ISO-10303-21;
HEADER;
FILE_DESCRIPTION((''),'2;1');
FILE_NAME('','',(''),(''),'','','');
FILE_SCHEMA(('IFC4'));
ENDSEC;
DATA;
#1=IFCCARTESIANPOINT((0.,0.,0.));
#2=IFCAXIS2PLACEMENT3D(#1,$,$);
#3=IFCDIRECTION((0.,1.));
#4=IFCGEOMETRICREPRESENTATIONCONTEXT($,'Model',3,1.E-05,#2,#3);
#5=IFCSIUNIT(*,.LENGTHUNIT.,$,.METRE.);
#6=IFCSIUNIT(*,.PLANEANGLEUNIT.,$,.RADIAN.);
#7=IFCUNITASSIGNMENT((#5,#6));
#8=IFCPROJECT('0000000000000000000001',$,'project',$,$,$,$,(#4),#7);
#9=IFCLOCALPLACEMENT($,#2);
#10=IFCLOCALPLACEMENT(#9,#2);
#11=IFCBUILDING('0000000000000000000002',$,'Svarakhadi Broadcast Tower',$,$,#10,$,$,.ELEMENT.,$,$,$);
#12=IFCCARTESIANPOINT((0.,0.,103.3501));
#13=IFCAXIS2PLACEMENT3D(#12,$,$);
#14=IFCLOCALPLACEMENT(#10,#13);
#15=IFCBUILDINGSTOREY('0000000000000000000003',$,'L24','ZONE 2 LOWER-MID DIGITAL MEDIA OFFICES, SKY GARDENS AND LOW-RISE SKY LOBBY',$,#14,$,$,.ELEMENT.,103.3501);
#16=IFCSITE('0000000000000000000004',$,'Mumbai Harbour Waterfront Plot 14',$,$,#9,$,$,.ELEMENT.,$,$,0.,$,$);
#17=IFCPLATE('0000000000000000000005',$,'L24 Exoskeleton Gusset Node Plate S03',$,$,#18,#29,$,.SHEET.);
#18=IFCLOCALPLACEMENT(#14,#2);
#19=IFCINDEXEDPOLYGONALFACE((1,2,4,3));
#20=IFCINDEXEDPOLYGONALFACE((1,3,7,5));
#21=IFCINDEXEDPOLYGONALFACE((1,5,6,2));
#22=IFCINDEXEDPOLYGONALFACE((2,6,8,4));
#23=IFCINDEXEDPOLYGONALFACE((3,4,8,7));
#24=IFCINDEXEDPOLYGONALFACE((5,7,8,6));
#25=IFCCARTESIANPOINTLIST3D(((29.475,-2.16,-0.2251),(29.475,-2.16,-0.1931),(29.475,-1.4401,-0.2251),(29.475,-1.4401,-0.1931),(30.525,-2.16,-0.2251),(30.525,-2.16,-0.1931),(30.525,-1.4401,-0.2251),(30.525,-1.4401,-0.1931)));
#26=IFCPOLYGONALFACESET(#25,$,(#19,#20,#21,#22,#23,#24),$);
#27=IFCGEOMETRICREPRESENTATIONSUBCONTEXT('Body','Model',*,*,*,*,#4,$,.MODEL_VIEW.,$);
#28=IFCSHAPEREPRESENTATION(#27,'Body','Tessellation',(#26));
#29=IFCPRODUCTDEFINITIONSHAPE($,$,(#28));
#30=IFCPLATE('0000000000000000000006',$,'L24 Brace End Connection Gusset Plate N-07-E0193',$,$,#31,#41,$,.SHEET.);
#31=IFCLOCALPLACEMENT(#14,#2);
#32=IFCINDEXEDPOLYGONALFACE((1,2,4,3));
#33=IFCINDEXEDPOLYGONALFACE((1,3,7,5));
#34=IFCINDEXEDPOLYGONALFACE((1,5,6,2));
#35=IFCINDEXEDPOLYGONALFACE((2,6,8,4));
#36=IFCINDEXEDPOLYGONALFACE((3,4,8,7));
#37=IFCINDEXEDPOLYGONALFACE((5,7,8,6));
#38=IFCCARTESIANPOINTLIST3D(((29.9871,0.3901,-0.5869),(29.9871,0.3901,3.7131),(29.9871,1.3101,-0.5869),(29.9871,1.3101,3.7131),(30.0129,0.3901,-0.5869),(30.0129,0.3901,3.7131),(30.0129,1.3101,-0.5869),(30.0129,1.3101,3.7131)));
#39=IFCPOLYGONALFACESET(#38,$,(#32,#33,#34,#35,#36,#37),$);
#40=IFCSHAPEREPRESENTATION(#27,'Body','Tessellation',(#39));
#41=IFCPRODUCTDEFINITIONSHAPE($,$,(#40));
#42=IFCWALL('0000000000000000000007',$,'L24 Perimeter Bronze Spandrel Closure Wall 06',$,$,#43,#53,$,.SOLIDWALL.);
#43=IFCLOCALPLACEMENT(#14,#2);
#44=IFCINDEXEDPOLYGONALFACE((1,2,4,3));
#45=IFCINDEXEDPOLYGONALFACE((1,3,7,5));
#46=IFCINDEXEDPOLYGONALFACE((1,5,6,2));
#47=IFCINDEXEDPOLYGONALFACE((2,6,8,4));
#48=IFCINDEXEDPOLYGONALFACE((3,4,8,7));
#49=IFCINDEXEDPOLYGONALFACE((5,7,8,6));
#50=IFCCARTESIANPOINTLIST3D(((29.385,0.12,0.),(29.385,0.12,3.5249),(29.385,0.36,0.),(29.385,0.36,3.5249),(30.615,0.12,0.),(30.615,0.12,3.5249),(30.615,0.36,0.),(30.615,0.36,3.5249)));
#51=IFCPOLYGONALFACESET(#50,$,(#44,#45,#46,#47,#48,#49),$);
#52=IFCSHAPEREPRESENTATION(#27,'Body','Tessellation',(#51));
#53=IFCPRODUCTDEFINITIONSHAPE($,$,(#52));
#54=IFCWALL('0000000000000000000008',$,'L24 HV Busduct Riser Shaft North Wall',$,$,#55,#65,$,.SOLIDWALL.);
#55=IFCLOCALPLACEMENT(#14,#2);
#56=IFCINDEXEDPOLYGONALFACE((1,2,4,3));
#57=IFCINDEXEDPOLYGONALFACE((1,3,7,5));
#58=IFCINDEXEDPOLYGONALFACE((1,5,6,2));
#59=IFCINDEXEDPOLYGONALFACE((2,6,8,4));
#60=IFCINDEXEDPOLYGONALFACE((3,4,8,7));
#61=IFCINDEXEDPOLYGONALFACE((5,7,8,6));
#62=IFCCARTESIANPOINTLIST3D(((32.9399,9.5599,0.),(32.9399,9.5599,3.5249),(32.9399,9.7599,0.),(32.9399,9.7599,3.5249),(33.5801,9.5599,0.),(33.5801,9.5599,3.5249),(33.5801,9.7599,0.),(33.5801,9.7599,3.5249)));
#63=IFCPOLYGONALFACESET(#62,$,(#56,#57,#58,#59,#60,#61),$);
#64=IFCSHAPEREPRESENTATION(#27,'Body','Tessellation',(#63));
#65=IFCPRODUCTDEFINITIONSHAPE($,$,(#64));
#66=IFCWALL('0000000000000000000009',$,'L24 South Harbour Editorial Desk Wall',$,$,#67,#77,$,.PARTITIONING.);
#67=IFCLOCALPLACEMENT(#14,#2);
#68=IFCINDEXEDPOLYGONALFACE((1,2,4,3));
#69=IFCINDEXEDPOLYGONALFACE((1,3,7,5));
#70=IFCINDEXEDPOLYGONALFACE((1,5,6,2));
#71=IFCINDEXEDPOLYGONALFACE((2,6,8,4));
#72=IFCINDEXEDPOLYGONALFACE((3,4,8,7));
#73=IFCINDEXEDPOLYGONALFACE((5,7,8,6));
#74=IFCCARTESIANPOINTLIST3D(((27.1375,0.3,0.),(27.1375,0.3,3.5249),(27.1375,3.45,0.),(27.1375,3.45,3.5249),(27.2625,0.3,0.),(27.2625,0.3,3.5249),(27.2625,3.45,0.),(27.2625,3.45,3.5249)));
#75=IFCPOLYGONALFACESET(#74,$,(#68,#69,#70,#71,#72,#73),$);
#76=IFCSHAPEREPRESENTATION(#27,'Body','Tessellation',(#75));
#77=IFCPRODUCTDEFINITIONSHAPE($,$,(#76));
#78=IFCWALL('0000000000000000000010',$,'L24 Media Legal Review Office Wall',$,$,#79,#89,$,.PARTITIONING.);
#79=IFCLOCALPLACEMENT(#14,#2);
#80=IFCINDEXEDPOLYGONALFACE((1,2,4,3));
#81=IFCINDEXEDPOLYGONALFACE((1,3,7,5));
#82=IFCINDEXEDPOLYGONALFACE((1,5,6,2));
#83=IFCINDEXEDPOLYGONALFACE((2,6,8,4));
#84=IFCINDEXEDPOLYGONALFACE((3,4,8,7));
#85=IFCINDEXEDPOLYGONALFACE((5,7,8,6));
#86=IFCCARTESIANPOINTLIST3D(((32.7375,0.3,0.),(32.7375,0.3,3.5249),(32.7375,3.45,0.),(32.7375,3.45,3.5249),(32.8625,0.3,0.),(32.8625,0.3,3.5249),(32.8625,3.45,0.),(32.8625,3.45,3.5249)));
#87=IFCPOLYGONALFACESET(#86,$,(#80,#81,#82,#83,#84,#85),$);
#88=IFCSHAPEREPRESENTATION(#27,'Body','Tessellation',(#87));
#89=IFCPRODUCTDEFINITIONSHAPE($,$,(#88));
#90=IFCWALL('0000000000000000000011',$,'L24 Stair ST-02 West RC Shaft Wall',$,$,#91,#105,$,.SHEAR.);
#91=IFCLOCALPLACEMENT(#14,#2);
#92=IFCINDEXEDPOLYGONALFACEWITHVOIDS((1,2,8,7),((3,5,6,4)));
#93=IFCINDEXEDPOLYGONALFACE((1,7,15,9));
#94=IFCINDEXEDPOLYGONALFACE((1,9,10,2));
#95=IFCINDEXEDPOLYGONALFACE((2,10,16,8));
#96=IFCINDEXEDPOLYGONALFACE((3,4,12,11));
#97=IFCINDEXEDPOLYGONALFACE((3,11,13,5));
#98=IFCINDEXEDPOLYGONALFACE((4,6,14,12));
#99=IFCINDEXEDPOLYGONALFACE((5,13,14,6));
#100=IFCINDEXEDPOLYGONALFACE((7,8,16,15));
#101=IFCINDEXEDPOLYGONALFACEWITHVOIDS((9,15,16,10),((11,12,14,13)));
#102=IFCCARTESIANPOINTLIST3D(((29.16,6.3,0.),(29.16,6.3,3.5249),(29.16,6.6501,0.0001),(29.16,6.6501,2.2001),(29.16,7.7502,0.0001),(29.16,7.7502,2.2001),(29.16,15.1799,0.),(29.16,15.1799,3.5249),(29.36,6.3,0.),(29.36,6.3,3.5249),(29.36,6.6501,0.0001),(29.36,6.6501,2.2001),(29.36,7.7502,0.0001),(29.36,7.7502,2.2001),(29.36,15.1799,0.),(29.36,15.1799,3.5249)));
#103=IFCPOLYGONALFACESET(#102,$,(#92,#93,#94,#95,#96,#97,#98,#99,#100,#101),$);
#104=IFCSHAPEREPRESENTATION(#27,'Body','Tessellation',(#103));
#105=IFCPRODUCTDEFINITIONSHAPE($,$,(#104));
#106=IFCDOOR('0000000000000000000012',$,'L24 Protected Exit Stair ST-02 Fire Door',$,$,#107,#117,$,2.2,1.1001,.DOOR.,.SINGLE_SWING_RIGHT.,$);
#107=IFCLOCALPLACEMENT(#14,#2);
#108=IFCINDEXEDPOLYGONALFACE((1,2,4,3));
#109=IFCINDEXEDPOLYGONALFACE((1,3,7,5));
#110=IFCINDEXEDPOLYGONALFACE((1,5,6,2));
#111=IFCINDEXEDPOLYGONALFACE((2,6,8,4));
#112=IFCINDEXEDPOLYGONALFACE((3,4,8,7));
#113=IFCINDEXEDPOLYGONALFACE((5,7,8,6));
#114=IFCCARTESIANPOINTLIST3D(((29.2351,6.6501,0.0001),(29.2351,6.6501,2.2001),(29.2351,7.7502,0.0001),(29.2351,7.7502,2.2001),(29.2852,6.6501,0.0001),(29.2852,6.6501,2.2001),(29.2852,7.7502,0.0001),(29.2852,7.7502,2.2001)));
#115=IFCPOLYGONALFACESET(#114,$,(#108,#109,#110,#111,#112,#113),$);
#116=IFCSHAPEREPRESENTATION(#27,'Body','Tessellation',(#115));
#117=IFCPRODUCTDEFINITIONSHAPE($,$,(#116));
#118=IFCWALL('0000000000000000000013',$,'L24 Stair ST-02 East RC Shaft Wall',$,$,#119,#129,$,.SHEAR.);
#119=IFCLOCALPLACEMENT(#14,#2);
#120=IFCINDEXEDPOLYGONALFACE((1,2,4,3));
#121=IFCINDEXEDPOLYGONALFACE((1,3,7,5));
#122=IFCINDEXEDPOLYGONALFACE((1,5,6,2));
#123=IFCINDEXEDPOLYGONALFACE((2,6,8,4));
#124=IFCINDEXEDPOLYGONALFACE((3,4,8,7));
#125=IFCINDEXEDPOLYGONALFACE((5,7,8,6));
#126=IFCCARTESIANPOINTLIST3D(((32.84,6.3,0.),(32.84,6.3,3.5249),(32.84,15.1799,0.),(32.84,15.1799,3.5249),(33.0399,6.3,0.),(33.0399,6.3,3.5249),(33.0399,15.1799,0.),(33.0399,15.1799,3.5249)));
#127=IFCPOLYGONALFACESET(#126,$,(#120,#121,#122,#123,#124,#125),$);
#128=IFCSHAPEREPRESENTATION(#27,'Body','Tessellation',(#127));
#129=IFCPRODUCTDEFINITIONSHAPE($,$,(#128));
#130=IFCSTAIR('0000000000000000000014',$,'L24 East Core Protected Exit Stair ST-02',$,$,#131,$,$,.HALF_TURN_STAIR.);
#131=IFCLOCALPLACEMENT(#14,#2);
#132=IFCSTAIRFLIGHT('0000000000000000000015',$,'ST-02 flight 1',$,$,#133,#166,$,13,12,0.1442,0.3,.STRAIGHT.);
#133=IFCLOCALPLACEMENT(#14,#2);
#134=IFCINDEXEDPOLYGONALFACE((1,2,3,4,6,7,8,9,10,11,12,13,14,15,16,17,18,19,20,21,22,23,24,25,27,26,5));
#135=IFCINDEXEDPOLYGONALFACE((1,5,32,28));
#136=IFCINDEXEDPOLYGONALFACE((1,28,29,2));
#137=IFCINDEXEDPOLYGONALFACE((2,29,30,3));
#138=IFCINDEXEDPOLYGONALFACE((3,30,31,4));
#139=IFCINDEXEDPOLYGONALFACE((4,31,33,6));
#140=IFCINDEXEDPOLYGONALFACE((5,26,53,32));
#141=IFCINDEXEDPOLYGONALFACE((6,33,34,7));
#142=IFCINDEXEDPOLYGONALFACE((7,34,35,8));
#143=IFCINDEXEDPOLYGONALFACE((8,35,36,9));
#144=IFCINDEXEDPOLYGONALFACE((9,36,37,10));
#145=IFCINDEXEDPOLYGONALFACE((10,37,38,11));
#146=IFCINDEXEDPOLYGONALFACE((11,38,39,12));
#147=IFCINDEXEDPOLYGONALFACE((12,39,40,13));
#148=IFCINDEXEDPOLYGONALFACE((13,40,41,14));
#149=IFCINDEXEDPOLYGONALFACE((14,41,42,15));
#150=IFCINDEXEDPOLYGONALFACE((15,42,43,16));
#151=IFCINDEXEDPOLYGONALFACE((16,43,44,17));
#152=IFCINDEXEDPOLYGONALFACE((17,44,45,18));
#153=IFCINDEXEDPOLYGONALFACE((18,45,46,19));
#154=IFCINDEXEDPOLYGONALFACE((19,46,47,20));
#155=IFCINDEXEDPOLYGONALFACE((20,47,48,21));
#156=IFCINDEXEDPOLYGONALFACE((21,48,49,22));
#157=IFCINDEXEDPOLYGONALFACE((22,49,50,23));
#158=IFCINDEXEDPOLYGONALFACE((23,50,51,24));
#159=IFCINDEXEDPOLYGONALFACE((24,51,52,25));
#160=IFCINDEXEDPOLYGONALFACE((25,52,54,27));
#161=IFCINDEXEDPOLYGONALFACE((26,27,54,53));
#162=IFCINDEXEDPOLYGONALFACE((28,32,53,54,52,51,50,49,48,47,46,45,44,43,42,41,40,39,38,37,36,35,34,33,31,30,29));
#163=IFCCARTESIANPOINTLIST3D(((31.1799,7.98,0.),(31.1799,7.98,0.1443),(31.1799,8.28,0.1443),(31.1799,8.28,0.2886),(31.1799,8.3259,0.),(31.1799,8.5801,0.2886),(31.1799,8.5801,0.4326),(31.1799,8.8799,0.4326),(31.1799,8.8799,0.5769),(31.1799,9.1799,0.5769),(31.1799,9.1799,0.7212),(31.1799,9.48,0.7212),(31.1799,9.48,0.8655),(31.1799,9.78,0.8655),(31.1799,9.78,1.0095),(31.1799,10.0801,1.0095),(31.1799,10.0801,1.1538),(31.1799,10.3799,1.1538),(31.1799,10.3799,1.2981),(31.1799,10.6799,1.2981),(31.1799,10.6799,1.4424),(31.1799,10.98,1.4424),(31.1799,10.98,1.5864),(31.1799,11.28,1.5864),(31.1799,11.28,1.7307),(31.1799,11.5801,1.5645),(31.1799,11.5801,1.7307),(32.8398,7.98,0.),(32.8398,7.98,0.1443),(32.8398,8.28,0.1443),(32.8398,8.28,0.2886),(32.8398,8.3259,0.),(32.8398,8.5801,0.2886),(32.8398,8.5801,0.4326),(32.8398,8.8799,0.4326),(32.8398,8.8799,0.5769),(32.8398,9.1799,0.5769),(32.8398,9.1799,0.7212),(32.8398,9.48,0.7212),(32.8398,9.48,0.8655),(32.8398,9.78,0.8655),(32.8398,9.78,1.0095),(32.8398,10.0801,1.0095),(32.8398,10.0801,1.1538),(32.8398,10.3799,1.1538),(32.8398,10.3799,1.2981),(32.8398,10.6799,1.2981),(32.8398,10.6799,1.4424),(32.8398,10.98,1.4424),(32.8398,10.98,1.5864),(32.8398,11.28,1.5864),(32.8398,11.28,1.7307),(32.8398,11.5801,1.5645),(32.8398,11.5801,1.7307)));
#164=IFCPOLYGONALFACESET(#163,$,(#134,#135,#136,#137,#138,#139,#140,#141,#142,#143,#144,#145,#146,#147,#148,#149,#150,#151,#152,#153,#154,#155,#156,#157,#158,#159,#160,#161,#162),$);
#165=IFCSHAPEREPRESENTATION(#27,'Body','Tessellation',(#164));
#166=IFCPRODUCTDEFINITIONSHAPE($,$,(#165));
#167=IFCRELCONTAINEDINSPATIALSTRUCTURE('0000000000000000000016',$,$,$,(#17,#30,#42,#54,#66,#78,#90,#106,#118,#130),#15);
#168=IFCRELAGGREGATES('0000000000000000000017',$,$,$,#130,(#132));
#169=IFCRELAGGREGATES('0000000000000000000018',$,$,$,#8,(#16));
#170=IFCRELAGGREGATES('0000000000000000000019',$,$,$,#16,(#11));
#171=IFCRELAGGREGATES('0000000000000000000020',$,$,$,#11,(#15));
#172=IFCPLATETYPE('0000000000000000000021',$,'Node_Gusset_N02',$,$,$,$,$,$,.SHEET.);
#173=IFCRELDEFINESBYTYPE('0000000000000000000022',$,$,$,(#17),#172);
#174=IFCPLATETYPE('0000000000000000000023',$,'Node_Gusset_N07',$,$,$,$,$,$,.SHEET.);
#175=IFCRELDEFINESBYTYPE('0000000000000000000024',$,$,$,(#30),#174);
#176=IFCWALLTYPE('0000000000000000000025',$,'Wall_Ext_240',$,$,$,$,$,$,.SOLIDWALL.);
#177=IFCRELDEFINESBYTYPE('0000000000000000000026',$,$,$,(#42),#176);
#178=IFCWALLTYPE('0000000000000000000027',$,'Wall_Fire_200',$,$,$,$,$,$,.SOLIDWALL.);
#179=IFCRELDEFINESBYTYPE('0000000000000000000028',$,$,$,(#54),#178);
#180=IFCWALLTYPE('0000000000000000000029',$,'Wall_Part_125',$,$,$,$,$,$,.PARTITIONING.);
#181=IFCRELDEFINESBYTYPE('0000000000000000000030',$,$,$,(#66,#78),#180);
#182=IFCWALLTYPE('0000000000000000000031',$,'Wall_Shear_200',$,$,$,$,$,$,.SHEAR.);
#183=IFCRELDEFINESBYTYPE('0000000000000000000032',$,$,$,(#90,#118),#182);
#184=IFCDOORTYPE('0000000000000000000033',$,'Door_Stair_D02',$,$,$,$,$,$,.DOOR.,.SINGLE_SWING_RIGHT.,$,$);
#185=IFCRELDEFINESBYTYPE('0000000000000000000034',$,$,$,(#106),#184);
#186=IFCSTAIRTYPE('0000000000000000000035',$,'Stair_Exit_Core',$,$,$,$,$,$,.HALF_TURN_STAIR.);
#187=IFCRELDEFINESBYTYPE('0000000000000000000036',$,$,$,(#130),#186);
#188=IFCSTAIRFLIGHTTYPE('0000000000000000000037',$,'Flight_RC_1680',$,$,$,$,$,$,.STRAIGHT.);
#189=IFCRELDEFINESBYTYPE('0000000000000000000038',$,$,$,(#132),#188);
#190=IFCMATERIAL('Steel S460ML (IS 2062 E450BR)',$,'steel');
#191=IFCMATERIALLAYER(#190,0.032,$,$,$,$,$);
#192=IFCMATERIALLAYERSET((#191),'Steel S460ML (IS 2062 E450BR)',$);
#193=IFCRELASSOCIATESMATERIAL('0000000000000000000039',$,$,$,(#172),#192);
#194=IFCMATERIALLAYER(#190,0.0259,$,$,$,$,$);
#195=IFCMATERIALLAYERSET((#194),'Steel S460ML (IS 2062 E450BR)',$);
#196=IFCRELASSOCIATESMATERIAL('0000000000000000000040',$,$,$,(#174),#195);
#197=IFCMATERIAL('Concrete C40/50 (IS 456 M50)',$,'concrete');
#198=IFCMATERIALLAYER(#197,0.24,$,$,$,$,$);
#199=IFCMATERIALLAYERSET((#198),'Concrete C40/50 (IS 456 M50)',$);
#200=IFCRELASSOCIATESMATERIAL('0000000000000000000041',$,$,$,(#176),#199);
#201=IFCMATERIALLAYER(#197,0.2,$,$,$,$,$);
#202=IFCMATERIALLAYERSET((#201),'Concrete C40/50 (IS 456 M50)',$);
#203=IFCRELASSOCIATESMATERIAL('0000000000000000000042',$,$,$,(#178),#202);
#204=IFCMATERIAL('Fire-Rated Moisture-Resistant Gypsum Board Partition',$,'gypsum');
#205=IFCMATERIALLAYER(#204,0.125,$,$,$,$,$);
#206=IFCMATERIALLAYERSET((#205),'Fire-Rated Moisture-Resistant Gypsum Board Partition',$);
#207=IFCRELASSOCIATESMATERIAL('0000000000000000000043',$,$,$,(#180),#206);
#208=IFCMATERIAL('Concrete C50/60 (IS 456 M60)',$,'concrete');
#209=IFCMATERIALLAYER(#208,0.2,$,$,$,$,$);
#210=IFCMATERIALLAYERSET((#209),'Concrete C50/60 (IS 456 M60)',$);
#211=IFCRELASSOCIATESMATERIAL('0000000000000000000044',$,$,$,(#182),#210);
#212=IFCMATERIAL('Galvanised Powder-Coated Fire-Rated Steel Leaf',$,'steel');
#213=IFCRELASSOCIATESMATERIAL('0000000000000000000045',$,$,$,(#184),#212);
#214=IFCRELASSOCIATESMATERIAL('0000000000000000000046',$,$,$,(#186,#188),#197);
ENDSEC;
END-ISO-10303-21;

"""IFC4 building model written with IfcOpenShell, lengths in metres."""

from ifc_helpers import new_model, si_unit, direction, frame, frame_2d, origin, origin_2d, place, context, subcontext, project, spatial, polyline, rectangle, outline, extrude, material, layer, layer_set, type_object, element, fill, aggregate, save


model = new_model("IFC4")

# Units and contexts
model_context = context("Model", 3, precision=1e-05, world=origin(), true_north=direction((0.0, 1.0)))
body_context = subcontext(model_context, "Body", "Model", "MODEL_VIEW")
ifc_project = project(units=[si_unit("LENGTHUNIT", "METRE"), si_unit("PLANEANGLEUNIT", "RADIAN")], contexts=[model_context])

# Site, building, storey
site_placement = place(None, origin())
site = spatial("IfcSite", under=ifc_project, at=site_placement, Name="Mumbai Harbour Waterfront Plot 14", CompositionType="ELEMENT", RefElevation=0.0)
building_placement = place(site_placement, origin())
building = spatial("IfcBuilding", under=site, at=building_placement, Name="Svarakhadi Broadcast Tower", CompositionType="ELEMENT")
storey_placement = place(building_placement, frame((0.0, 0.0, 103.3501)))
storey = spatial("IfcBuildingStorey", under=building, at=storey_placement, Name="L24", Description="ZONE 2 LOWER-MID DIGITAL MEDIA OFFICES, SKY GARDENS AND LOW-RISE SKY LOBBY", CompositionType="ELEMENT", Elevation=103.3501)

# Shared definitions
ifc_material_1 = material(Name="Concrete C50/60 (IS 456 M60)", Category="concrete")

# Shared definitions
ifc_material_2 = material(Name="Steel S460ML (IS 2062 E450BR)", Category="steel")

# Plates
ifc_layer_1 = layer(ifc_material_2, 0.032)
ifc_layer_set_1 = layer_set([ifc_layer_1], Name="Steel S460ML (IS 2062 E450BR)")
plate_type_1 = type_object("IfcPlateType", Name="Node_Gusset_N02", PredefinedType="SHEET", material=ifc_layer_set_1)
plate_1_placement = place(storey_placement, frame((30.0, -1.8, -0.2251), z_axis=(0.0, 0.0, 1.0), x_axis=(1.0, 0.0, 0.0)))
element("IfcPlate", 1, at=plate_1_placement, inside=storey, type_object=plate_type_1, Name="L24 Exoskeleton Gusset Node Plate S03", PredefinedType="SHEET", context=body_context, shape_type="SweptSolid", body=[
    extrude(rectangle(XDim=1.05, YDim=0.72, at=origin_2d()), origin(), (0.0, 0.0, 1.0), 0.032),
])
ifc_layer_2 = layer(ifc_material_2, 0.0259)
ifc_layer_set_2 = layer_set([ifc_layer_2], Name="Steel S460ML (IS 2062 E450BR)")
plate_type_2 = type_object("IfcPlateType", Name="Node_Gusset_N07", PredefinedType="SHEET", material=ifc_layer_set_2)
plate_2_placement = place(storey_placement, frame((30.0, 0.8501, -0.5869), z_axis=(0.0, 0.0, 1.0), x_axis=(0.0, 1.0, 0.0)))
element("IfcPlate", 2, at=plate_2_placement, inside=storey, type_object=plate_type_2, Name="L24 Brace End Connection Gusset Plate N-07-E0193", PredefinedType="SHEET", context=body_context, shape_type="SweptSolid", body=[
    extrude(rectangle(XDim=0.9199, YDim=0.0259, at=origin_2d()), origin(), (0.0, 0.0, 1.0), 4.3),
])

# Walls
ifc_material_3 = material(Name="Concrete C40/50 (IS 456 M50)", Category="concrete")
ifc_layer_3 = layer(ifc_material_3, 0.24)
ifc_layer_set_3 = layer_set([ifc_layer_3], Name="Concrete C40/50 (IS 456 M50)")
wall_type_1 = type_object("IfcWallType", Name="Wall_Ext_240", PredefinedType="SOLIDWALL", material=ifc_layer_set_3)
wall_1_placement = place(storey_placement, frame((30.615, 0.24, 0.0), z_axis=(0.0, 0.0, 1.0), x_axis=(-1.0, 0.0, 0.0)))
element("IfcWall", 3, at=wall_1_placement, inside=storey, type_object=wall_type_1, Name="L24 Perimeter Bronze Spandrel Closure Wall 06", PredefinedType="SOLIDWALL", context=body_context, shape_type="SweptSolid", body=[
    extrude(rectangle(XDim=1.23, YDim=0.24, at=frame_2d((0.615, 0.0))), origin(), (0.0, 0.0, 1.0), 3.5249),
])
ifc_layer_4 = layer(ifc_material_3, 0.2)
ifc_layer_set_4 = layer_set([ifc_layer_4], Name="Concrete C40/50 (IS 456 M50)")
wall_type_2 = type_object("IfcWallType", Name="Wall_Fire_200", PredefinedType="SOLIDWALL", material=ifc_layer_set_4)
wall_2_placement = place(storey_placement, frame((32.9399, 9.6599, 0.0), z_axis=(0.0, 0.0, 1.0), x_axis=(1.0, 0.0, 0.0)))
element("IfcWall", 4, at=wall_2_placement, inside=storey, type_object=wall_type_2, Name="L24 HV Busduct Riser Shaft North Wall", PredefinedType="SOLIDWALL", context=body_context, shape_type="SweptSolid", body=[
    extrude(rectangle(XDim=0.6401, YDim=0.2, at=frame_2d((0.3201, 0.0))), origin(), (0.0, 0.0, 1.0), 3.5249),
])
ifc_material_4 = material(Name="Fire-Rated Moisture-Resistant Gypsum Board Partition", Category="gypsum")
ifc_layer_5 = layer(ifc_material_4, 0.125)
ifc_layer_set_5 = layer_set([ifc_layer_5], Name="Fire-Rated Moisture-Resistant Gypsum Board Partition")
wall_type_3 = type_object("IfcWallType", Name="Wall_Part_125", PredefinedType="PARTITIONING", material=ifc_layer_set_5)
for number, where, z_axis, x_axis, name in (
    (5, (27.2, 0.3, 0.0), (0.0, 0.0, 1.0), (0.0, 1.0, 0.0), "L24 South Harbour Editorial Desk Wall"),
    (6, (32.8, 0.3, 0.0), (0.0, 0.0, 1.0), (0.0, 1.0, 0.0), "L24 Media Legal Review Office Wall"),
):
    element("IfcWall", number, at=place(storey_placement, frame(where, z_axis=z_axis, x_axis=x_axis)), inside=storey, type_object=wall_type_3, Name=name, PredefinedType="PARTITIONING", context=body_context, shape_type="SweptSolid", body=[
        extrude(rectangle(XDim=3.1499, YDim=0.125, at=frame_2d((1.575, 0.0))), origin(), (0.0, 0.0, 1.0), 3.5249),
    ])

# Wall, opening, door
ifc_layer_6 = layer(ifc_material_1, 0.2)
ifc_layer_set_6 = layer_set([ifc_layer_6], Name="Concrete C50/60 (IS 456 M60)")
wall_type_4 = type_object("IfcWallType", Name="Wall_Shear_200", PredefinedType="SHEAR", material=ifc_layer_set_6)
wall_3_placement = place(storey_placement, frame((29.26, 6.3, 0.0), z_axis=(0.0, 0.0, 1.0), x_axis=(0.0, 1.0, 0.0)))
wall_3 = element("IfcWall", 7, at=wall_3_placement, inside=storey, type_object=wall_type_4, Name="L24 Stair ST-02 West RC Shaft Wall", PredefinedType="SHEAR", context=body_context, shape_type="SweptSolid", body=[
    extrude(rectangle(XDim=8.8799, YDim=0.2, at=frame_2d((4.4399, 0.0))), origin(), (0.0, 0.0, 1.0), 3.5249),
])
opening_placement = place(wall_3_placement, frame((0.3501, 0.0, 0.0)))
opening = element("IfcOpeningElement", 8, at=opening_placement, cuts=wall_3, PredefinedType="OPENING", context=body_context, shape_type="SweptSolid", body=[
    extrude(rectangle(XDim=1.1001, YDim=2.2, at=frame_2d((0.55, 1.1001))), frame((0.0, 0.1099, 0.0), z_axis=(0.0, -1.0, 0.0), x_axis=(1.0, 0.0, 0.0)), (0.0, 0.0, 1.0), 0.22),
])
ifc_material_5 = material(Name="Galvanised Powder-Coated Fire-Rated Steel Leaf", Category="steel")
door_type = type_object("IfcDoorType", Name="Door_Stair_D02", OperationType="SINGLE_SWING_RIGHT", PredefinedType="DOOR", material=ifc_material_5)
door_placement = place(opening_placement, origin())
door = element("IfcDoor", 9, at=door_placement, inside=storey, type_object=door_type, Name="L24 Protected Exit Stair ST-02 Fire Door", OperationType="SINGLE_SWING_RIGHT", OverallHeight=2.2, OverallWidth=1.1001, PredefinedType="DOOR", context=body_context, shape_type="SweptSolid", body=[
    extrude(rectangle(XDim=1.1001, YDim=2.2, at=frame_2d((0.55, 1.1001))), frame((0.0, 0.0249, 0.0), z_axis=(0.0, -1.0, 0.0), x_axis=(1.0, 0.0, 0.0)), (0.0, 0.0, 1.0), 0.05),
])
fill(opening, door)

# Wall
wall_4_placement = place(storey_placement, frame((32.9399, 6.3, 0.0), z_axis=(0.0, 0.0, 1.0), x_axis=(0.0, 1.0, 0.0)))
element("IfcWall", 10, at=wall_4_placement, inside=storey, type_object=wall_type_4, Name="L24 Stair ST-02 East RC Shaft Wall", PredefinedType="SHEAR", context=body_context, shape_type="SweptSolid", body=[
    extrude(rectangle(XDim=8.8799, YDim=0.2, at=frame_2d((4.4399, 0.0))), origin(), (0.0, 0.0, 1.0), 3.5249),
])

# Stair, stair flight
stair_type = type_object("IfcStairType", Name="Stair_Exit_Core", PredefinedType="HALF_TURN_STAIR", material=ifc_material_3)
stair_placement = place(storey_placement, origin())
stair = element("IfcStair", 11, at=stair_placement, inside=storey, type_object=stair_type, Name="L24 East Core Protected Exit Stair ST-02", PredefinedType="HALF_TURN_STAIR")
stair_flight_type = type_object("IfcStairFlightType", Name="Flight_RC_1680", PredefinedType="STRAIGHT", material=ifc_material_3)
stair_flight_1_placement = place(storey_placement, frame((32.01, 7.98, 0.0), z_axis=(0.0, 0.0, 1.0), x_axis=(0.0, 1.0, 0.0)))
stair_flight_1 = element("IfcStairFlight", 12, at=stair_flight_1_placement, type_object=stair_flight_type, Name="ST-02 flight 1", NumberOfRisers=13, NumberOfTreads=12, PredefinedType="STRAIGHT", RiserHeight=0.1442, TreadLength=0.3, context=body_context, shape_type="SweptSolid", body=[
    extrude(outline(polyline([(0.0, 0.0), (0.0, 0.1443), (0.3, 0.1443), (0.3, 0.2886), (0.6001, 0.2886), (0.6001, 0.4326), (0.8999, 0.4326), (0.8999, 0.5769), (1.2, 0.5769), (1.2, 0.7212), (1.5, 0.7212), (1.5, 0.8655), (1.8, 0.8655), (1.8, 1.0095), (2.1001, 1.0095), (2.1001, 1.1538), (2.3999, 1.1538), (2.3999, 1.2981), (2.7, 1.2981), (2.7, 1.4424), (3.0, 1.4424), (3.0, 1.5864), (3.3, 1.5864), (3.3, 1.7307), (3.6001, 1.7307), (3.6001, 1.875), (3.6001, 1.5645), (0.3459, 0.0), (0.0, 0.0)])), frame((0.0, 0.8301, 0.0), z_axis=(0.0, -1.0, 0.0), x_axis=(1.0, 0.0, 0.0)), (0.0, 0.0, 1.0), 1.6599),
])
aggregate(stair, [stair_flight_1])

save(model, "model.ifc")
